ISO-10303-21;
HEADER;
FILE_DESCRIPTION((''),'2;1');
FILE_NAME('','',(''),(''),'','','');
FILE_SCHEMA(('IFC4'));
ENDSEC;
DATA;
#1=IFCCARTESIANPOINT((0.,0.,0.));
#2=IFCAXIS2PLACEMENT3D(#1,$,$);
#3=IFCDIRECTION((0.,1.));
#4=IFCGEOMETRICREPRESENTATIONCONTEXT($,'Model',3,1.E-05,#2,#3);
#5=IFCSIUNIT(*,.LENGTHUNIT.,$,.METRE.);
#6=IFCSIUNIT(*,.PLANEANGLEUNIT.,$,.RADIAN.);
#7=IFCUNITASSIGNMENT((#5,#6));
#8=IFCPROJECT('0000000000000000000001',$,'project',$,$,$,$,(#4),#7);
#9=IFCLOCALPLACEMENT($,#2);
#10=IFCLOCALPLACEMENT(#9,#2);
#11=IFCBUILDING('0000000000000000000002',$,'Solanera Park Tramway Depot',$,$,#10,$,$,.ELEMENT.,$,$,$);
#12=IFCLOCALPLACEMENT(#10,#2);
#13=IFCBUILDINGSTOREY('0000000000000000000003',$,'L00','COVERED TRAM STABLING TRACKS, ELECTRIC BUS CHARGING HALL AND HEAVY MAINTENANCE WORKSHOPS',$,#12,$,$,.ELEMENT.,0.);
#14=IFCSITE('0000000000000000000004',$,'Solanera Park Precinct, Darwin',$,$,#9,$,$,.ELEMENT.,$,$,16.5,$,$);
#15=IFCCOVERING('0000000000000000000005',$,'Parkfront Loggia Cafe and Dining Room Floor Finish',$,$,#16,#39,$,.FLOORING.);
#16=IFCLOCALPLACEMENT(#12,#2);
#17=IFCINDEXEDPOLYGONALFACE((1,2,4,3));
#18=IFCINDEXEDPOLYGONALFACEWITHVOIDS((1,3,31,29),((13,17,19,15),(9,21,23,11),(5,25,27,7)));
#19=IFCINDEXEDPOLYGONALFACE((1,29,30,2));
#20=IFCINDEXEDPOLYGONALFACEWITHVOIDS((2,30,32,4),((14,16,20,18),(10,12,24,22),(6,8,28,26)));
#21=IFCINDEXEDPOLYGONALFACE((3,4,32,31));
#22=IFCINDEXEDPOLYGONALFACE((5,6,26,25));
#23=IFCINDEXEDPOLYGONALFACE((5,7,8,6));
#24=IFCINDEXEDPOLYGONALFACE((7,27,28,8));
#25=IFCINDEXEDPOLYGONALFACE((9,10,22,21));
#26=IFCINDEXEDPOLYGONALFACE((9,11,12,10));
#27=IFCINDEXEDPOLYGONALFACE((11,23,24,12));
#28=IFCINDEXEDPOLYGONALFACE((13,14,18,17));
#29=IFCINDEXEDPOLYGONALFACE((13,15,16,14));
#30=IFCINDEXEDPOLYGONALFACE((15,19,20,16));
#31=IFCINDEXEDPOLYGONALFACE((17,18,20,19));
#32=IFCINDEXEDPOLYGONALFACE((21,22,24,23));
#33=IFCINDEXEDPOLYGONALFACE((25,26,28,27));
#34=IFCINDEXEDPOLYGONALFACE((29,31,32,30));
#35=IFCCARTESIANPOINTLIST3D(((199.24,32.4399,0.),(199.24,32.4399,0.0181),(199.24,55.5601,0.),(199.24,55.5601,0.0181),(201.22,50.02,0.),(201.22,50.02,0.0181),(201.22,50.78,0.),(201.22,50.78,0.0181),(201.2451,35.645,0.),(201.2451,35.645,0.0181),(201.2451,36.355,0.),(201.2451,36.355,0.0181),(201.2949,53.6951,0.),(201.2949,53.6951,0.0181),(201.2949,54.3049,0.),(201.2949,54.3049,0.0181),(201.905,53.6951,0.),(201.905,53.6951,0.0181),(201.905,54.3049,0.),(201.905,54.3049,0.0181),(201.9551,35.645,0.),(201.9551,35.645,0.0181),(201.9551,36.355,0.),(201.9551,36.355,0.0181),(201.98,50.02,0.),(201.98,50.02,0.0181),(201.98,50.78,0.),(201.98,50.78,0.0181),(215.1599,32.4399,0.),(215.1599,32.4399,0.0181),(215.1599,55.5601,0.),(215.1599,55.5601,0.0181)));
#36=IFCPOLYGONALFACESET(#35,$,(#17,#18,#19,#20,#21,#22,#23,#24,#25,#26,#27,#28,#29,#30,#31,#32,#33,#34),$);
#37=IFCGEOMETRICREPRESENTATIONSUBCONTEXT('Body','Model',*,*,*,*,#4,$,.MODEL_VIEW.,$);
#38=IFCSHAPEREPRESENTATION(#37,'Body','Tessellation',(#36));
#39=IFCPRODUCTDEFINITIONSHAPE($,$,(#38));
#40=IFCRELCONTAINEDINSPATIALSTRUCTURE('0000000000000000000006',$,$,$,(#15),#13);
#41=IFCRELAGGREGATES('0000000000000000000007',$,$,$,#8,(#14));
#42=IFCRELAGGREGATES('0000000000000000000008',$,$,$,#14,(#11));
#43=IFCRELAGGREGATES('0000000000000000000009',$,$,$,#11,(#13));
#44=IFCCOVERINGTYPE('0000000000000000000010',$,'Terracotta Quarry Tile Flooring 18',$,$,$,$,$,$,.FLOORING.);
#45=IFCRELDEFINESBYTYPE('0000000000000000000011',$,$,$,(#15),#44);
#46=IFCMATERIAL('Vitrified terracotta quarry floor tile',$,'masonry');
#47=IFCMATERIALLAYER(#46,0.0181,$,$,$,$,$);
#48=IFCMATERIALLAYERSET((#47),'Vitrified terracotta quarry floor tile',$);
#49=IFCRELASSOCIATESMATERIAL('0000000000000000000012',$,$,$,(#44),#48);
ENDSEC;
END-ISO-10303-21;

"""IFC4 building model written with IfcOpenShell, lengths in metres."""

from ifc_helpers import new_model, si_unit, direction, origin, place, context, subcontext, project, spatial, polyline, outline, extrude, material, layer, layer_set, type_object, element, save


model = new_model("IFC4")

# Units and contexts
model_context = context("Model", 3, precision=1e-05, world=origin(), true_north=direction((0.0, 1.0)))
body_context = subcontext(model_context, "Body", "Model", "MODEL_VIEW")
ifc_project = project(units=[si_unit("LENGTHUNIT", "METRE"), si_unit("PLANEANGLEUNIT", "RADIAN")], contexts=[model_context])

# Site, building, storey
site_placement = place(None, origin())
site = spatial("IfcSite", under=ifc_project, at=site_placement, Name="Solanera Park Precinct, Darwin", CompositionType="ELEMENT", RefElevation=16.5)
building_placement = place(site_placement, origin())
building = spatial("IfcBuilding", under=site, at=building_placement, Name="Solanera Park Tramway Depot", CompositionType="ELEMENT")
storey_placement = place(building_placement, origin())
storey = spatial("IfcBuildingStorey", under=building, at=storey_placement, Name="L00", Description="COVERED TRAM STABLING TRACKS, ELECTRIC BUS CHARGING HALL AND HEAVY MAINTENANCE WORKSHOPS", CompositionType="ELEMENT", Elevation=0.0)

# Covering
ifc_material_1 = material(Name="Vitrified terracotta quarry floor tile", Category="masonry")
ifc_layer_1 = layer(ifc_material_1, 0.0181)
ifc_layer_set_1 = layer_set([ifc_layer_1], Name="Vitrified terracotta quarry floor tile")
covering_type_1 = type_object("IfcCoveringType", Name="Terracotta Quarry Tile Flooring 18", PredefinedType="FLOORING", material=ifc_layer_set_1)
covering_1_placement = place(storey_placement, origin())
element("IfcCovering", 1, at=covering_1_placement, inside=storey, type_object=covering_type_1, Name="Parkfront Loggia Cafe and Dining Room Floor Finish", PredefinedType="FLOORING", context=body_context, shape_type="SweptSolid", body=[
    extrude(outline(polyline([(215.1599, 55.5601), (215.1599, 32.4399), (199.24, 32.4399), (199.24, 55.5601), (215.1599, 55.5601)]), holes=[polyline([(201.2451, 36.355), (201.2451, 35.645), (201.9551, 35.645), (201.9551, 36.355), (201.2451, 36.355)]), polyline([(201.98, 50.78), (201.22, 50.78), (201.22, 50.02), (201.98, 50.02), (201.98, 50.78)]), polyline([(201.905, 53.6951), (201.905, 54.3049), (201.2949, 54.3049), (201.2949, 53.6951), (201.905, 53.6951)])]), origin(), (0.0, 0.0, 1.0), 0.0181),
])

save(model, "model.ifc")
